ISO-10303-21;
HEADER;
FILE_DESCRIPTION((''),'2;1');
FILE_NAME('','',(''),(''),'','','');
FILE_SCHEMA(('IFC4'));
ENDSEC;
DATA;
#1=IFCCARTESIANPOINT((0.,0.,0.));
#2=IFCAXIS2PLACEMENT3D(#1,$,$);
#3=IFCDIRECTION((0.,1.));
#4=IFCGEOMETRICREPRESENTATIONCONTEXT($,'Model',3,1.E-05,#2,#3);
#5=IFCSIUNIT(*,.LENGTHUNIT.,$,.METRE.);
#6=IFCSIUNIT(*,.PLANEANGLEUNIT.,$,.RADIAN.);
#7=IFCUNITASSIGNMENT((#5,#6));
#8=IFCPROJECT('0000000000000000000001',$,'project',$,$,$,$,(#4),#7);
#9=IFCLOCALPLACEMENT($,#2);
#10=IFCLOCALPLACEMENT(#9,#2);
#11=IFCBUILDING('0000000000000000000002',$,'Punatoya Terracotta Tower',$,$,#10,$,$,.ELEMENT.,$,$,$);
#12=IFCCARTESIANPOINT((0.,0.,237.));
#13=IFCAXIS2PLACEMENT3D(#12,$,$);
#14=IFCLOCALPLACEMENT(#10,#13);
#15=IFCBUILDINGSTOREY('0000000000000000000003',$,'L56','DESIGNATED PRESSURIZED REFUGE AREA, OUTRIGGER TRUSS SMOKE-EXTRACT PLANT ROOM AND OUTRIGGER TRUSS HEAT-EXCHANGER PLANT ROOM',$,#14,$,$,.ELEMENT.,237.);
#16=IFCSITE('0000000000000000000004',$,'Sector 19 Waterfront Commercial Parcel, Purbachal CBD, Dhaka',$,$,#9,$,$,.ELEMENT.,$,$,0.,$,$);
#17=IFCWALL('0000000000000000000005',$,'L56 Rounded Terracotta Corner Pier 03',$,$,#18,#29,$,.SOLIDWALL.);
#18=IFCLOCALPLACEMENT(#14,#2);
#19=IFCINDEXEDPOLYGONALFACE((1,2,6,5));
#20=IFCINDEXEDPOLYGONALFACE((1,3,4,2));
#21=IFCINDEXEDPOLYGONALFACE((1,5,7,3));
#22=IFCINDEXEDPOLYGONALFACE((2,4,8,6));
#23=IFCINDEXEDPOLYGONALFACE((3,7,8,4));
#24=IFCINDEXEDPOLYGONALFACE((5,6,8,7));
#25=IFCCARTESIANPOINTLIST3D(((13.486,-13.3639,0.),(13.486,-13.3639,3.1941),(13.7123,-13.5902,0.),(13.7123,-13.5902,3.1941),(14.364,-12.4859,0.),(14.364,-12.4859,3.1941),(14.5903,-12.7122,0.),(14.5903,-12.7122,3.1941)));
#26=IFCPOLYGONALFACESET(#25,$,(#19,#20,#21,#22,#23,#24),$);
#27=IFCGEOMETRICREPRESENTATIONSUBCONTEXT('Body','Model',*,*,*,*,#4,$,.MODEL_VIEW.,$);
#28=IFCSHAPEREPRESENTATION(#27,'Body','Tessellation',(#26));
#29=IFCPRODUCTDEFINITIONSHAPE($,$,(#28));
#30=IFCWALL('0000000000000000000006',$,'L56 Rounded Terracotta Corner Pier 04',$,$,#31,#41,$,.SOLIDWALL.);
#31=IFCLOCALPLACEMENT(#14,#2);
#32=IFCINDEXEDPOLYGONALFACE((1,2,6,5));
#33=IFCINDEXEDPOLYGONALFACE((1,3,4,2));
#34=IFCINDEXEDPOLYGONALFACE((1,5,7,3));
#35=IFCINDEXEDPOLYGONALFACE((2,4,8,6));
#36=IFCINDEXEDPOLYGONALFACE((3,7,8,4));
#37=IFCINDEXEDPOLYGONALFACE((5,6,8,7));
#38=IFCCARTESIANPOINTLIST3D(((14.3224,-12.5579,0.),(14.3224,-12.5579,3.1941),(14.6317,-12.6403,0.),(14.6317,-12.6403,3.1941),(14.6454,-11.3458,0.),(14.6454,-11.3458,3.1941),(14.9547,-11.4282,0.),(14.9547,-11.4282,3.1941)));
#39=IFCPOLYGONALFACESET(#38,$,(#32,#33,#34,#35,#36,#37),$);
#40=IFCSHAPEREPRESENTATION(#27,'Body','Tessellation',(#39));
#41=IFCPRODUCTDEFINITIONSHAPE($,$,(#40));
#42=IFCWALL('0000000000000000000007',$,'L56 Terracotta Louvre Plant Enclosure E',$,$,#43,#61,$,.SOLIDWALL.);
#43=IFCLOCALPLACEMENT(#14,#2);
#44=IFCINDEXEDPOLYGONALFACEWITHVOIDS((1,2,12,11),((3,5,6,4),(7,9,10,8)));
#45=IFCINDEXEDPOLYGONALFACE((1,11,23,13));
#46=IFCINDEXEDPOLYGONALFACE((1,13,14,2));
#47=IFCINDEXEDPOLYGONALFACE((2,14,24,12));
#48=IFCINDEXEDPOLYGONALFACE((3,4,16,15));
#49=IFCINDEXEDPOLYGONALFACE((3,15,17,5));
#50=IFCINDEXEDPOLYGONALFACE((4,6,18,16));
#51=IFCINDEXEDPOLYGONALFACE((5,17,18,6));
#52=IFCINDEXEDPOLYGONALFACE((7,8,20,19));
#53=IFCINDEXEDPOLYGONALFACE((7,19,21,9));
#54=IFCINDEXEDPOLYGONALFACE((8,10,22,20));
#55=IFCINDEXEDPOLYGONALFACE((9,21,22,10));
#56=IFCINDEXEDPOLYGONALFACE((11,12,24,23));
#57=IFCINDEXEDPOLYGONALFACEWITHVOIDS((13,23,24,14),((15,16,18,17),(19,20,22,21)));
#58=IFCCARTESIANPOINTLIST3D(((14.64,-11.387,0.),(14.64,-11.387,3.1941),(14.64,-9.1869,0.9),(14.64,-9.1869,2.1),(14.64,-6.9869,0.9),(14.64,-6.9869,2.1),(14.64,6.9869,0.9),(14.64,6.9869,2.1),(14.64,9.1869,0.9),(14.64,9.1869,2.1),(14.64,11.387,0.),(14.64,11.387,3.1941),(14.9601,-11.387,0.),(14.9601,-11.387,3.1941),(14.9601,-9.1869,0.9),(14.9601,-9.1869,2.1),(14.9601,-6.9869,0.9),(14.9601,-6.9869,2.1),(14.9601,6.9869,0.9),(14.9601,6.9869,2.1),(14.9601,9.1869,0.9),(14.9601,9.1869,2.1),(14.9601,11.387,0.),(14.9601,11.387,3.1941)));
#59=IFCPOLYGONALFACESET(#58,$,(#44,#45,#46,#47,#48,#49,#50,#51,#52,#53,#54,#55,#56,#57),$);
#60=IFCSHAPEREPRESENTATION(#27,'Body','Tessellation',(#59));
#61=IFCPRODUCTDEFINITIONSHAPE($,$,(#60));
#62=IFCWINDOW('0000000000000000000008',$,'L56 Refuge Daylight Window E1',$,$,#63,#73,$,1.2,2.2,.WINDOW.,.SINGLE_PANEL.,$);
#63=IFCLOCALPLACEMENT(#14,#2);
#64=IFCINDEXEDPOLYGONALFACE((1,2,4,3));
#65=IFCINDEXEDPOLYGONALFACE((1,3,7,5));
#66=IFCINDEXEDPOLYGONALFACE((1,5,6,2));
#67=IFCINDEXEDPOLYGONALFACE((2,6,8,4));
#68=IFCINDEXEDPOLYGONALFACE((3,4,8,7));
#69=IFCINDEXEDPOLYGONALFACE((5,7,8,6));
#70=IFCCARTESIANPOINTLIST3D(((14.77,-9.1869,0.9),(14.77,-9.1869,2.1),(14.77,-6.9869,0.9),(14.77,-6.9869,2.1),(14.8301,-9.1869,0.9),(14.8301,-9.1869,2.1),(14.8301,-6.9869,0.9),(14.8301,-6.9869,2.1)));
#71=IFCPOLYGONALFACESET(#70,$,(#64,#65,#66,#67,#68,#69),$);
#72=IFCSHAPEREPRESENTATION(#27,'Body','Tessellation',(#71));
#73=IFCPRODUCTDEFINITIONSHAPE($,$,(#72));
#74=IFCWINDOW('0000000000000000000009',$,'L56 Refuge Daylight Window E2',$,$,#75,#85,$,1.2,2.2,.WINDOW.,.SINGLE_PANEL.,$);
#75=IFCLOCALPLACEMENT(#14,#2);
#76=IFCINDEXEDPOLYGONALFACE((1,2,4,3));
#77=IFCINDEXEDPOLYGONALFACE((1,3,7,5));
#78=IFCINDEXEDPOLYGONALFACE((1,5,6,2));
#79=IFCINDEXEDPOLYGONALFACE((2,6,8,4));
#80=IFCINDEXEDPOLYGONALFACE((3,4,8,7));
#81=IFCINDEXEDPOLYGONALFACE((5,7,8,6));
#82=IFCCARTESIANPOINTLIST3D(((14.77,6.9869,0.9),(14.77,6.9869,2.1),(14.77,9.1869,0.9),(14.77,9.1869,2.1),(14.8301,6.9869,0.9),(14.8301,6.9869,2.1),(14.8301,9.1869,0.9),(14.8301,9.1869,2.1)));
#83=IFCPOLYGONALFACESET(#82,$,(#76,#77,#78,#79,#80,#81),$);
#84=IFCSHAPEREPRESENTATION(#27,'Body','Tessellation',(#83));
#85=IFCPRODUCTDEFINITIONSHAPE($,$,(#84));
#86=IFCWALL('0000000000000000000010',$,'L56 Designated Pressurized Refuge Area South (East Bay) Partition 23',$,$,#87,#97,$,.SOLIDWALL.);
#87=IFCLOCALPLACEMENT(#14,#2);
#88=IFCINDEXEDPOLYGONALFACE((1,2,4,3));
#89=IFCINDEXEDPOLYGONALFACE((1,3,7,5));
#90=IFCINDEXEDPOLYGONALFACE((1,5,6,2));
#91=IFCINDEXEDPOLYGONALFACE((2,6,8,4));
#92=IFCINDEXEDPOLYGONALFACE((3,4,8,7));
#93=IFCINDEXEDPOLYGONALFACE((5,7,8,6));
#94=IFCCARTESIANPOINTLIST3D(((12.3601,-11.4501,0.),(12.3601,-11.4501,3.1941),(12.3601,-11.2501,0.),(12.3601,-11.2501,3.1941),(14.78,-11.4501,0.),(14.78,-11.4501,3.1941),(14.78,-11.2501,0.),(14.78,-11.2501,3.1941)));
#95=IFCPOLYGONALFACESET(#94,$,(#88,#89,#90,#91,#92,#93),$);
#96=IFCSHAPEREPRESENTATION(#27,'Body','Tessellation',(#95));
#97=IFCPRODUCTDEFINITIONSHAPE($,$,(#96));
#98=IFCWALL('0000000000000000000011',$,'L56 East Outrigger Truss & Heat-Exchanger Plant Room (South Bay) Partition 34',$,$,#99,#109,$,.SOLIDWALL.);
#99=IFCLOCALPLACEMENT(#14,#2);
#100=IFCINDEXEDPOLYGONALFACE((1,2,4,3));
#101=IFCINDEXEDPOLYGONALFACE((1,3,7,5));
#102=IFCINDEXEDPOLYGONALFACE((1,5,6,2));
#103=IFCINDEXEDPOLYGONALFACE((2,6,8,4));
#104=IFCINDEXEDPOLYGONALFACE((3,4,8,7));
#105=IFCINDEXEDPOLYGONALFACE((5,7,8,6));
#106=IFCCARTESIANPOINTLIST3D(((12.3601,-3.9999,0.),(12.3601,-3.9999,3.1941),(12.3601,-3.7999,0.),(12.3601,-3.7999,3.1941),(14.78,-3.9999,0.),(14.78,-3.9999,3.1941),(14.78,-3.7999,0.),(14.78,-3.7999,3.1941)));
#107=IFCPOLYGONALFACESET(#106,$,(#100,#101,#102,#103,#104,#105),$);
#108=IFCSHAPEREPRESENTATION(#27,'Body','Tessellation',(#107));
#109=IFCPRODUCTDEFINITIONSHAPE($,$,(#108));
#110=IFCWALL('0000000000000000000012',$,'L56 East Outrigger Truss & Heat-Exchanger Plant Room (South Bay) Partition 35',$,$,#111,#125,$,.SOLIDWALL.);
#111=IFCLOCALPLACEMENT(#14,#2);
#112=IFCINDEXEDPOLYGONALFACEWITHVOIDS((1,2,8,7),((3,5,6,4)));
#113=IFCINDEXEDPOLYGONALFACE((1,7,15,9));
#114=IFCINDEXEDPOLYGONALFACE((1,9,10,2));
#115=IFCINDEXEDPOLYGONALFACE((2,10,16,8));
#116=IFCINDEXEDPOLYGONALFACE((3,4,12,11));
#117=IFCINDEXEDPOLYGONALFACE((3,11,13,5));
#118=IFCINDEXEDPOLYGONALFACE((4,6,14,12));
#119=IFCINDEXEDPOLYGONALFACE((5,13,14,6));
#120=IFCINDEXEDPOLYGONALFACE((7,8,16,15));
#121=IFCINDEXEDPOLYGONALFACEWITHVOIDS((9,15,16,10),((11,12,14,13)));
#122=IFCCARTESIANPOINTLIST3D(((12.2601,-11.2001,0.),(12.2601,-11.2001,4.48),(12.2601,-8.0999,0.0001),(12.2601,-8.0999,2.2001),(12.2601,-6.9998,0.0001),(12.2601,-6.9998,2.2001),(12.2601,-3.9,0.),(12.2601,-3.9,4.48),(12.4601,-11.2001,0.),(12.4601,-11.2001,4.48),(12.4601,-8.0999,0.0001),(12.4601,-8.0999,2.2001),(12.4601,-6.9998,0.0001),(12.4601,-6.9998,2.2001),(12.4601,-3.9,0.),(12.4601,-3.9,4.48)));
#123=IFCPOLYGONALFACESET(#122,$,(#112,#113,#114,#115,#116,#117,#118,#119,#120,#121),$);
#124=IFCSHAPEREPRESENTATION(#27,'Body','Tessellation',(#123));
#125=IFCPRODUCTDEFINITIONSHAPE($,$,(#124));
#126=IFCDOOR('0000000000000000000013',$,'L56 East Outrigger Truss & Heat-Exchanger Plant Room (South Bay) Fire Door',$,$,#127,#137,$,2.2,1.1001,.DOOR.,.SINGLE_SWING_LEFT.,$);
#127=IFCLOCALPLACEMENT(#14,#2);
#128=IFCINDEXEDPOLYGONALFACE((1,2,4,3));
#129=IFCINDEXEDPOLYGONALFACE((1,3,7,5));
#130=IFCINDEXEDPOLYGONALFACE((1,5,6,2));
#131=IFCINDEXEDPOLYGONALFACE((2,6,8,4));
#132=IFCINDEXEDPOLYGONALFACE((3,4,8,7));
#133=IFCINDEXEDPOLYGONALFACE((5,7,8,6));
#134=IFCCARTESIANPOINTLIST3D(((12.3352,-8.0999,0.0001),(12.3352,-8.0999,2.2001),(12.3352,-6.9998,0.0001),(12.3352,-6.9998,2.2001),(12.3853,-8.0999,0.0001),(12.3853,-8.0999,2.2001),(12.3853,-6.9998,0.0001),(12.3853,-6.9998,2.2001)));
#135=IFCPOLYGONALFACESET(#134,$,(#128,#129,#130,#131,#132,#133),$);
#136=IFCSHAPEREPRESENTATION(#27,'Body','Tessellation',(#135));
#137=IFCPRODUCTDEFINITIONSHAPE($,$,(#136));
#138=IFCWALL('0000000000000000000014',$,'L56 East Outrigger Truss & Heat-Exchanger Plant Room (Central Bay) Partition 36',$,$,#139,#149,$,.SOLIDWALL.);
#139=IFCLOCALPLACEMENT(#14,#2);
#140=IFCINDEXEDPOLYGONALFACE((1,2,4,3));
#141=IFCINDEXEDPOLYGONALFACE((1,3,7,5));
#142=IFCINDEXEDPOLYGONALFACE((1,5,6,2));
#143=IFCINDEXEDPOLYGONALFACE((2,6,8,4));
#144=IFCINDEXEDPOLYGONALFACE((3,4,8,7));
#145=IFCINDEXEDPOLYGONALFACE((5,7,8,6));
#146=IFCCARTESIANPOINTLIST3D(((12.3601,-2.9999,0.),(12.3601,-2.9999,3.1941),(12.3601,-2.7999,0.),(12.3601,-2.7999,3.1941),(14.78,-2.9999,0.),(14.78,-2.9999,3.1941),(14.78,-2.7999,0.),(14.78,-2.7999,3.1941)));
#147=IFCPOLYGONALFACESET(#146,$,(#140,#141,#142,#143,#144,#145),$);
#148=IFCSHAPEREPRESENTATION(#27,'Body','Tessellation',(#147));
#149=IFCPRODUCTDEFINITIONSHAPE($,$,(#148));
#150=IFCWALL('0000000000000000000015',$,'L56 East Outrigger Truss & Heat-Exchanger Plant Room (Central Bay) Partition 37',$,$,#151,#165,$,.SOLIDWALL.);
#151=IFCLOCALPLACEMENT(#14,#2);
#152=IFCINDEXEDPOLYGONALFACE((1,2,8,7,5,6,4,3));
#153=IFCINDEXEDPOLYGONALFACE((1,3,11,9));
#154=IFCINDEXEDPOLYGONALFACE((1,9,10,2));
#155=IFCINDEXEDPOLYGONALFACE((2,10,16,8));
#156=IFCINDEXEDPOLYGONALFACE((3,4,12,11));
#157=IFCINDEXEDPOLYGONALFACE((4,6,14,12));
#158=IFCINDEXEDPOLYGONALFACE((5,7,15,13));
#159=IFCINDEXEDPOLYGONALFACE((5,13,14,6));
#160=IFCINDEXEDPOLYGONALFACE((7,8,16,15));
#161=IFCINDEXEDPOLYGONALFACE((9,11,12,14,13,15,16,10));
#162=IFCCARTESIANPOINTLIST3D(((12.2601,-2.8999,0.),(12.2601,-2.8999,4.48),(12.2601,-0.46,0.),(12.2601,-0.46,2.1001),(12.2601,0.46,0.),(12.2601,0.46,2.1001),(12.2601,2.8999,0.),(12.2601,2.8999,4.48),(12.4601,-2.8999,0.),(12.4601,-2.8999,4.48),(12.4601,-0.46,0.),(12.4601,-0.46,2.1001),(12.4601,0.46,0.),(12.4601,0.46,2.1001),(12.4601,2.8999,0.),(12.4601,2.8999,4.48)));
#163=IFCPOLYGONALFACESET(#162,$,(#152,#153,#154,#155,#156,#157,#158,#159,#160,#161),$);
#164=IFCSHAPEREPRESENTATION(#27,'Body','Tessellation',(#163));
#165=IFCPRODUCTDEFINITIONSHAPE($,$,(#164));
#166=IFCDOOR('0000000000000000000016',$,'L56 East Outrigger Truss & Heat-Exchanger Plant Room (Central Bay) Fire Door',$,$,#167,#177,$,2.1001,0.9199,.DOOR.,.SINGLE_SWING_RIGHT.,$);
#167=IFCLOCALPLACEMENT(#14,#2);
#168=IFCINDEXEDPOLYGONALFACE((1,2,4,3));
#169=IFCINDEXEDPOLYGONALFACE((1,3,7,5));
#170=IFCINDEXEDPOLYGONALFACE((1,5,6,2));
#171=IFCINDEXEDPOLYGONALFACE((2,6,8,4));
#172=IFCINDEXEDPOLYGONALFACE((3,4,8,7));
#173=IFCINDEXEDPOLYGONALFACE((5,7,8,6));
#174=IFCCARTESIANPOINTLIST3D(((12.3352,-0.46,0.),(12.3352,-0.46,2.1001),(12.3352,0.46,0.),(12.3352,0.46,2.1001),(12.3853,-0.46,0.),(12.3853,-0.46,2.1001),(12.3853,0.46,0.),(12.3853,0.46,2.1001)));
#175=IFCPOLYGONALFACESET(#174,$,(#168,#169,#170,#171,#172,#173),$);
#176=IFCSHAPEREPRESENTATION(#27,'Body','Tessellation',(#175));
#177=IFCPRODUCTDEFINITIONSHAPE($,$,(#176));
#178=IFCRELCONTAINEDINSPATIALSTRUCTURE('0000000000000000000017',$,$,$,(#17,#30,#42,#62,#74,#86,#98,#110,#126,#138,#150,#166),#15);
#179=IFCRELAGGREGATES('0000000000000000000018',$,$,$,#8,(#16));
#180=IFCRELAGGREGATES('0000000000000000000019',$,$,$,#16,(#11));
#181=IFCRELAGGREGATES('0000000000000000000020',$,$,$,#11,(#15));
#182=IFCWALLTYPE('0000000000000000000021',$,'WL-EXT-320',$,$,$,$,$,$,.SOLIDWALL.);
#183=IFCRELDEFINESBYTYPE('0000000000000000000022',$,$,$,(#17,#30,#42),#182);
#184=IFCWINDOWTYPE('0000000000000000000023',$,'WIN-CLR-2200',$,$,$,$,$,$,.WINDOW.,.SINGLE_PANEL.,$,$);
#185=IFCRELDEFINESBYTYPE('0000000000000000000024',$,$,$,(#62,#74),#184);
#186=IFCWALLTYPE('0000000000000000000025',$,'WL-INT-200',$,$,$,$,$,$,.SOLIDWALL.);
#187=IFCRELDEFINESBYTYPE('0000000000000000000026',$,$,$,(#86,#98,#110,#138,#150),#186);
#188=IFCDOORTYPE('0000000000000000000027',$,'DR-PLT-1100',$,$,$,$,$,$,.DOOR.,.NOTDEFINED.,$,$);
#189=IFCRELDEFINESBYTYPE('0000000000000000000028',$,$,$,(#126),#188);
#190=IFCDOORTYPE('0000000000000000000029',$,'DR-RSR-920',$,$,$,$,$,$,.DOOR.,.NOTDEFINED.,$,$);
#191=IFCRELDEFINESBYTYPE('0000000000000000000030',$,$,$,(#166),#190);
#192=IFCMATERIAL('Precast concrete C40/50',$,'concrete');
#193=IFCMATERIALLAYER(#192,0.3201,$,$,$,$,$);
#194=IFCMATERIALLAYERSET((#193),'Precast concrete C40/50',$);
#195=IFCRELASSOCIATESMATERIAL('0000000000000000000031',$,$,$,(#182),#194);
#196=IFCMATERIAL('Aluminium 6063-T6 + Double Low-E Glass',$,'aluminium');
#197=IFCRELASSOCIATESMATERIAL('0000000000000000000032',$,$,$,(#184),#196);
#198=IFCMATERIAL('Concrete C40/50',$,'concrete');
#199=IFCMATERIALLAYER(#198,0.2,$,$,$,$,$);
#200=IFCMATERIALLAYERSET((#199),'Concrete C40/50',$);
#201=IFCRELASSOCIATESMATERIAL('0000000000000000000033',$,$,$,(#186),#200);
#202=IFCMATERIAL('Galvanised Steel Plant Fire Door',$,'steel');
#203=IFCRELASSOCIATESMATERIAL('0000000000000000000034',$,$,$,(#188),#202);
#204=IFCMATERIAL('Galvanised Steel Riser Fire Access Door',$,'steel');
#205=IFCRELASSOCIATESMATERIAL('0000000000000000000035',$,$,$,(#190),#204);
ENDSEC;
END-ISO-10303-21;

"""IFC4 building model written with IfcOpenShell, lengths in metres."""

from ifc_helpers import new_model, si_unit, direction, frame, frame_2d, origin, place, context, subcontext, project, spatial, rectangle, extrude, material, layer, layer_set, type_object, element, fill, save


model = new_model("IFC4")

# Units and contexts
model_context = context("Model", 3, precision=1e-05, world=origin(), true_north=direction((0.0, 1.0)))
body_context = subcontext(model_context, "Body", "Model", "MODEL_VIEW")
ifc_project = project(units=[si_unit("LENGTHUNIT", "METRE"), si_unit("PLANEANGLEUNIT", "RADIAN")], contexts=[model_context])

# Site, building, storey
site_placement = place(None, origin())
site = spatial("IfcSite", under=ifc_project, at=site_placement, Name="Sector 19 Waterfront Commercial Parcel, Purbachal CBD, Dhaka", CompositionType="ELEMENT", RefElevation=0.0)
building_placement = place(site_placement, origin())
building = spatial("IfcBuilding", under=site, at=building_placement, Name="Punatoya Terracotta Tower", CompositionType="ELEMENT")
storey_placement = place(building_placement, frame((0.0, 0.0, 237.0)))
storey = spatial("IfcBuildingStorey", under=building, at=storey_placement, Name="L56", Description="DESIGNATED PRESSURIZED REFUGE AREA, OUTRIGGER TRUSS SMOKE-EXTRACT PLANT ROOM AND OUTRIGGER TRUSS HEAT-EXCHANGER PLANT ROOM", CompositionType="ELEMENT", Elevation=237.0)

# Walls
ifc_material_1 = material(Name="Precast concrete C40/50", Category="concrete")
ifc_layer_1 = layer(ifc_material_1, 0.3201)
ifc_layer_set_1 = layer_set([ifc_layer_1], Name="Precast concrete C40/50")
wall_type_1 = type_object("IfcWallType", Name="WL-EXT-320", PredefinedType="SOLIDWALL", material=ifc_layer_set_1)
wall_1_placement = place(storey_placement, frame((13.5991, -13.4771, 0.0), z_axis=(0.0, 0.0, 1.0), x_axis=(0.707107, 0.707107, 0.0)))
element("IfcWall", 1, at=wall_1_placement, inside=storey, type_object=wall_type_1, Name="L56 Rounded Terracotta Corner Pier 03", PredefinedType="SOLIDWALL", context=body_context, shape_type="SweptSolid", body=[
    extrude(rectangle(XDim=1.2417, YDim=0.3201, at=frame_2d((0.6208, 0.0))), origin(), (0.0, 0.0, 1.0), 3.1941),
])
wall_2_placement = place(storey_placement, frame((14.4771, -12.5991, 0.0), z_axis=(0.0, 0.0, 1.0), x_axis=(0.257481, 0.966283, 0.0)))
element("IfcWall", 2, at=wall_2_placement, inside=storey, type_object=wall_type_1, Name="L56 Rounded Terracotta Corner Pier 04", PredefinedType="SOLIDWALL", context=body_context, shape_type="SweptSolid", body=[
    extrude(rectangle(XDim=1.2544, YDim=0.3201, at=frame_2d((0.6272, 0.0))), origin(), (0.0, 0.0, 1.0), 3.1941),
])

# Wall, openings, windows
wall_3_placement = place(storey_placement, frame((14.8, -11.387, 0.0), z_axis=(0.0, 0.0, 1.0), x_axis=(0.0, 1.0, 0.0)))
wall_3 = element("IfcWall", 3, at=wall_3_placement, inside=storey, type_object=wall_type_1, Name="L56 Terracotta Louvre Plant Enclosure E", PredefinedType="SOLIDWALL", context=body_context, shape_type="SweptSolid", body=[
    extrude(rectangle(XDim=22.7739, YDim=0.3201, at=frame_2d((11.387, 0.0))), origin(), (0.0, 0.0, 1.0), 3.1941),
])
opening_1_placement = place(wall_3_placement, frame((2.2, 0.0, 0.8999)))
opening_1 = element("IfcOpeningElement", 4, at=opening_1_placement, cuts=wall_3, PredefinedType="OPENING", context=body_context, shape_type="SweptSolid", body=[
    extrude(rectangle(XDim=2.2, YDim=1.2, at=frame_2d((1.1001, 0.6001))), frame((0.0, 0.1699, 0.0), z_axis=(0.0, -1.0, 0.0), x_axis=(1.0, 0.0, 0.0)), (0.0, 0.0, 1.0), 0.3401),
])
opening_2_placement = place(wall_3_placement, frame((18.3738, 0.0, 0.8999)))
opening_2 = element("IfcOpeningElement", 5, at=opening_2_placement, cuts=wall_3, PredefinedType="OPENING", context=body_context, shape_type="SweptSolid", body=[
    extrude(rectangle(XDim=2.2, YDim=1.2, at=frame_2d((1.1001, 0.6001))), frame((0.0, 0.1699, 0.0), z_axis=(0.0, -1.0, 0.0), x_axis=(1.0, 0.0, 0.0)), (0.0, 0.0, 1.0), 0.3401),
])
ifc_material_2 = material(Name="Aluminium 6063-T6 + Double Low-E Glass", Category="aluminium")
window_type = type_object("IfcWindowType", Name="WIN-CLR-2200", PartitioningType="SINGLE_PANEL", PredefinedType="WINDOW", material=ifc_material_2)
window_1_placement = place(opening_1_placement, origin())
window_1 = element("IfcWindow", 6, at=window_1_placement, inside=storey, type_object=window_type, Name="L56 Refuge Daylight Window E1", OverallHeight=1.2, OverallWidth=2.2, PartitioningType="SINGLE_PANEL", PredefinedType="WINDOW", context=body_context, shape_type="SweptSolid", body=[
    extrude(rectangle(XDim=2.2, YDim=1.2, at=frame_2d((1.1001, 0.6001))), frame((0.0, 0.03, 0.0), z_axis=(0.0, -1.0, 0.0), x_axis=(1.0, 0.0, 0.0)), (0.0, 0.0, 1.0), 0.0601),
])
fill(opening_1, window_1)
window_2_placement = place(opening_2_placement, origin())
window_2 = element("IfcWindow", 7, at=window_2_placement, inside=storey, type_object=window_type, Name="L56 Refuge Daylight Window E2", OverallHeight=1.2, OverallWidth=2.2, PartitioningType="SINGLE_PANEL", PredefinedType="WINDOW", context=body_context, shape_type="SweptSolid", body=[
    extrude(rectangle(XDim=2.2, YDim=1.2, at=frame_2d((1.1001, 0.6001))), frame((0.0, 0.03, 0.0), z_axis=(0.0, -1.0, 0.0), x_axis=(1.0, 0.0, 0.0)), (0.0, 0.0, 1.0), 0.0601),
])
fill(opening_2, window_2)

# Walls
ifc_material_3 = material(Name="Concrete C40/50", Category="concrete")
ifc_layer_2 = layer(ifc_material_3, 0.2)
ifc_layer_set_2 = layer_set([ifc_layer_2], Name="Concrete C40/50")
wall_type_2 = type_object("IfcWallType", Name="WL-INT-200", PredefinedType="SOLIDWALL", material=ifc_layer_set_2)
for number, where, z_axis, x_axis, name in (
    (8, (12.3601, -11.3501, 0.0), (0.0, 0.0, 1.0), (1.0, 0.0, 0.0), "L56 Designated Pressurized Refuge Area South (East Bay) Partition 23"),
    (9, (12.3601, -3.8999, 0.0), (0.0, 0.0, 1.0), (1.0, 0.0, 0.0), "L56 East Outrigger Truss & Heat-Exchanger Plant Room (South Bay) Partition 34"),
):
    element("IfcWall", number, at=place(storey_placement, frame(where, z_axis=z_axis, x_axis=x_axis)), inside=storey, type_object=wall_type_2, Name=name, PredefinedType="SOLIDWALL", context=body_context, shape_type="SweptSolid", body=[
        extrude(rectangle(XDim=2.4199, YDim=0.2, at=frame_2d((1.21, 0.0))), origin(), (0.0, 0.0, 1.0), 3.1941),
    ])

# Wall, opening, door
wall_4_placement = place(storey_placement, frame((12.3601, -11.2, 0.0), z_axis=(0.0, 0.0, 1.0), x_axis=(0.0, 1.0, 0.0)))
wall_4 = element("IfcWall", 10, at=wall_4_placement, inside=storey, type_object=wall_type_2, Name="L56 East Outrigger Truss & Heat-Exchanger Plant Room (South Bay) Partition 35", PredefinedType="SOLIDWALL", context=body_context, shape_type="SweptSolid", body=[
    extrude(rectangle(XDim=7.3, YDim=0.2, at=frame_2d((3.6499, 0.0))), origin(), (0.0, 0.0, 1.0), 4.48),
])
opening_3_placement = place(wall_4_placement, frame((3.1001, 0.0, 0.0)))
opening_3 = element("IfcOpeningElement", 11, at=opening_3_placement, cuts=wall_4, PredefinedType="OPENING", context=body_context, shape_type="SweptSolid", body=[
    extrude(rectangle(XDim=1.1001, YDim=2.2, at=frame_2d((0.55, 1.1001))), frame((0.0, 0.1099, 0.0), z_axis=(0.0, -1.0, 0.0), x_axis=(1.0, 0.0, 0.0)), (0.0, 0.0, 1.0), 0.22),
])
ifc_material_4 = material(Name="Galvanised Steel Plant Fire Door", Category="steel")
door_type_1 = type_object("IfcDoorType", Name="DR-PLT-1100", OperationType="NOTDEFINED", PredefinedType="DOOR", material=ifc_material_4)
door_1_placement = place(opening_3_placement, origin())
door_1 = element("IfcDoor", 12, at=door_1_placement, inside=storey, type_object=door_type_1, Name="L56 East Outrigger Truss & Heat-Exchanger Plant Room (South Bay) Fire Door", OperationType="SINGLE_SWING_LEFT", OverallHeight=2.2, OverallWidth=1.1001, PredefinedType="DOOR", context=body_context, shape_type="SweptSolid", body=[
    extrude(rectangle(XDim=1.1001, YDim=2.2, at=frame_2d((0.55, 1.1001))), frame((0.0, 0.0249, 0.0), z_axis=(0.0, -1.0, 0.0), x_axis=(1.0, 0.0, 0.0)), (0.0, 0.0, 1.0), 0.05),
])
fill(opening_3, door_1)

# Wall
wall_5_placement = place(storey_placement, frame((14.78, -2.8999, 0.0), z_axis=(0.0, 0.0, 1.0), x_axis=(-1.0, 0.0, 0.0)))
element("IfcWall", 13, at=wall_5_placement, inside=storey, type_object=wall_type_2, Name="L56 East Outrigger Truss & Heat-Exchanger Plant Room (Central Bay) Partition 36", PredefinedType="SOLIDWALL", context=body_context, shape_type="SweptSolid", body=[
    extrude(rectangle(XDim=2.4199, YDim=0.2, at=frame_2d((1.21, 0.0))), origin(), (0.0, 0.0, 1.0), 3.1941),
])

# Wall, opening, door
wall_6_placement = place(storey_placement, frame((12.3601, -2.8999, 0.0), z_axis=(0.0, 0.0, 1.0), x_axis=(0.0, 1.0, 0.0)))
wall_6 = element("IfcWall", 14, at=wall_6_placement, inside=storey, type_object=wall_type_2, Name="L56 East Outrigger Truss & Heat-Exchanger Plant Room (Central Bay) Partition 37", PredefinedType="SOLIDWALL", context=body_context, shape_type="SweptSolid", body=[
    extrude(rectangle(XDim=5.7998, YDim=0.2, at=frame_2d((2.8999, 0.0))), origin(), (0.0, 0.0, 1.0), 4.48),
])
opening_4_placement = place(wall_6_placement, frame((2.4399, 0.0, 0.0)))
opening_4 = element("IfcOpeningElement", 15, at=opening_4_placement, cuts=wall_6, PredefinedType="OPENING", context=body_context, shape_type="SweptSolid", body=[
    extrude(rectangle(XDim=0.9199, YDim=2.1001, at=frame_2d((0.46, 1.05))), frame((0.0, 0.1099, 0.0), z_axis=(0.0, -1.0, 0.0), x_axis=(1.0, 0.0, 0.0)), (0.0, 0.0, 1.0), 0.22),
])
ifc_material_5 = material(Name="Galvanised Steel Riser Fire Access Door", Category="steel")
door_type_2 = type_object("IfcDoorType", Name="DR-RSR-920", OperationType="NOTDEFINED", PredefinedType="DOOR", material=ifc_material_5)
door_2_placement = place(opening_4_placement, origin())
door_2 = element("IfcDoor", 16, at=door_2_placement, inside=storey, type_object=door_type_2, Name="L56 East Outrigger Truss & Heat-Exchanger Plant Room (Central Bay) Fire Door", OperationType="SINGLE_SWING_RIGHT", OverallHeight=2.1001, OverallWidth=0.9199, PredefinedType="DOOR", context=body_context, shape_type="SweptSolid", body=[
    extrude(rectangle(XDim=0.9199, YDim=2.1001, at=frame_2d((0.46, 1.05))), frame((0.0, 0.0249, 0.0), z_axis=(0.0, -1.0, 0.0), x_axis=(1.0, 0.0, 0.0)), (0.0, 0.0, 1.0), 0.05),
])
fill(opening_4, door_2)

save(model, "model.ifc")
